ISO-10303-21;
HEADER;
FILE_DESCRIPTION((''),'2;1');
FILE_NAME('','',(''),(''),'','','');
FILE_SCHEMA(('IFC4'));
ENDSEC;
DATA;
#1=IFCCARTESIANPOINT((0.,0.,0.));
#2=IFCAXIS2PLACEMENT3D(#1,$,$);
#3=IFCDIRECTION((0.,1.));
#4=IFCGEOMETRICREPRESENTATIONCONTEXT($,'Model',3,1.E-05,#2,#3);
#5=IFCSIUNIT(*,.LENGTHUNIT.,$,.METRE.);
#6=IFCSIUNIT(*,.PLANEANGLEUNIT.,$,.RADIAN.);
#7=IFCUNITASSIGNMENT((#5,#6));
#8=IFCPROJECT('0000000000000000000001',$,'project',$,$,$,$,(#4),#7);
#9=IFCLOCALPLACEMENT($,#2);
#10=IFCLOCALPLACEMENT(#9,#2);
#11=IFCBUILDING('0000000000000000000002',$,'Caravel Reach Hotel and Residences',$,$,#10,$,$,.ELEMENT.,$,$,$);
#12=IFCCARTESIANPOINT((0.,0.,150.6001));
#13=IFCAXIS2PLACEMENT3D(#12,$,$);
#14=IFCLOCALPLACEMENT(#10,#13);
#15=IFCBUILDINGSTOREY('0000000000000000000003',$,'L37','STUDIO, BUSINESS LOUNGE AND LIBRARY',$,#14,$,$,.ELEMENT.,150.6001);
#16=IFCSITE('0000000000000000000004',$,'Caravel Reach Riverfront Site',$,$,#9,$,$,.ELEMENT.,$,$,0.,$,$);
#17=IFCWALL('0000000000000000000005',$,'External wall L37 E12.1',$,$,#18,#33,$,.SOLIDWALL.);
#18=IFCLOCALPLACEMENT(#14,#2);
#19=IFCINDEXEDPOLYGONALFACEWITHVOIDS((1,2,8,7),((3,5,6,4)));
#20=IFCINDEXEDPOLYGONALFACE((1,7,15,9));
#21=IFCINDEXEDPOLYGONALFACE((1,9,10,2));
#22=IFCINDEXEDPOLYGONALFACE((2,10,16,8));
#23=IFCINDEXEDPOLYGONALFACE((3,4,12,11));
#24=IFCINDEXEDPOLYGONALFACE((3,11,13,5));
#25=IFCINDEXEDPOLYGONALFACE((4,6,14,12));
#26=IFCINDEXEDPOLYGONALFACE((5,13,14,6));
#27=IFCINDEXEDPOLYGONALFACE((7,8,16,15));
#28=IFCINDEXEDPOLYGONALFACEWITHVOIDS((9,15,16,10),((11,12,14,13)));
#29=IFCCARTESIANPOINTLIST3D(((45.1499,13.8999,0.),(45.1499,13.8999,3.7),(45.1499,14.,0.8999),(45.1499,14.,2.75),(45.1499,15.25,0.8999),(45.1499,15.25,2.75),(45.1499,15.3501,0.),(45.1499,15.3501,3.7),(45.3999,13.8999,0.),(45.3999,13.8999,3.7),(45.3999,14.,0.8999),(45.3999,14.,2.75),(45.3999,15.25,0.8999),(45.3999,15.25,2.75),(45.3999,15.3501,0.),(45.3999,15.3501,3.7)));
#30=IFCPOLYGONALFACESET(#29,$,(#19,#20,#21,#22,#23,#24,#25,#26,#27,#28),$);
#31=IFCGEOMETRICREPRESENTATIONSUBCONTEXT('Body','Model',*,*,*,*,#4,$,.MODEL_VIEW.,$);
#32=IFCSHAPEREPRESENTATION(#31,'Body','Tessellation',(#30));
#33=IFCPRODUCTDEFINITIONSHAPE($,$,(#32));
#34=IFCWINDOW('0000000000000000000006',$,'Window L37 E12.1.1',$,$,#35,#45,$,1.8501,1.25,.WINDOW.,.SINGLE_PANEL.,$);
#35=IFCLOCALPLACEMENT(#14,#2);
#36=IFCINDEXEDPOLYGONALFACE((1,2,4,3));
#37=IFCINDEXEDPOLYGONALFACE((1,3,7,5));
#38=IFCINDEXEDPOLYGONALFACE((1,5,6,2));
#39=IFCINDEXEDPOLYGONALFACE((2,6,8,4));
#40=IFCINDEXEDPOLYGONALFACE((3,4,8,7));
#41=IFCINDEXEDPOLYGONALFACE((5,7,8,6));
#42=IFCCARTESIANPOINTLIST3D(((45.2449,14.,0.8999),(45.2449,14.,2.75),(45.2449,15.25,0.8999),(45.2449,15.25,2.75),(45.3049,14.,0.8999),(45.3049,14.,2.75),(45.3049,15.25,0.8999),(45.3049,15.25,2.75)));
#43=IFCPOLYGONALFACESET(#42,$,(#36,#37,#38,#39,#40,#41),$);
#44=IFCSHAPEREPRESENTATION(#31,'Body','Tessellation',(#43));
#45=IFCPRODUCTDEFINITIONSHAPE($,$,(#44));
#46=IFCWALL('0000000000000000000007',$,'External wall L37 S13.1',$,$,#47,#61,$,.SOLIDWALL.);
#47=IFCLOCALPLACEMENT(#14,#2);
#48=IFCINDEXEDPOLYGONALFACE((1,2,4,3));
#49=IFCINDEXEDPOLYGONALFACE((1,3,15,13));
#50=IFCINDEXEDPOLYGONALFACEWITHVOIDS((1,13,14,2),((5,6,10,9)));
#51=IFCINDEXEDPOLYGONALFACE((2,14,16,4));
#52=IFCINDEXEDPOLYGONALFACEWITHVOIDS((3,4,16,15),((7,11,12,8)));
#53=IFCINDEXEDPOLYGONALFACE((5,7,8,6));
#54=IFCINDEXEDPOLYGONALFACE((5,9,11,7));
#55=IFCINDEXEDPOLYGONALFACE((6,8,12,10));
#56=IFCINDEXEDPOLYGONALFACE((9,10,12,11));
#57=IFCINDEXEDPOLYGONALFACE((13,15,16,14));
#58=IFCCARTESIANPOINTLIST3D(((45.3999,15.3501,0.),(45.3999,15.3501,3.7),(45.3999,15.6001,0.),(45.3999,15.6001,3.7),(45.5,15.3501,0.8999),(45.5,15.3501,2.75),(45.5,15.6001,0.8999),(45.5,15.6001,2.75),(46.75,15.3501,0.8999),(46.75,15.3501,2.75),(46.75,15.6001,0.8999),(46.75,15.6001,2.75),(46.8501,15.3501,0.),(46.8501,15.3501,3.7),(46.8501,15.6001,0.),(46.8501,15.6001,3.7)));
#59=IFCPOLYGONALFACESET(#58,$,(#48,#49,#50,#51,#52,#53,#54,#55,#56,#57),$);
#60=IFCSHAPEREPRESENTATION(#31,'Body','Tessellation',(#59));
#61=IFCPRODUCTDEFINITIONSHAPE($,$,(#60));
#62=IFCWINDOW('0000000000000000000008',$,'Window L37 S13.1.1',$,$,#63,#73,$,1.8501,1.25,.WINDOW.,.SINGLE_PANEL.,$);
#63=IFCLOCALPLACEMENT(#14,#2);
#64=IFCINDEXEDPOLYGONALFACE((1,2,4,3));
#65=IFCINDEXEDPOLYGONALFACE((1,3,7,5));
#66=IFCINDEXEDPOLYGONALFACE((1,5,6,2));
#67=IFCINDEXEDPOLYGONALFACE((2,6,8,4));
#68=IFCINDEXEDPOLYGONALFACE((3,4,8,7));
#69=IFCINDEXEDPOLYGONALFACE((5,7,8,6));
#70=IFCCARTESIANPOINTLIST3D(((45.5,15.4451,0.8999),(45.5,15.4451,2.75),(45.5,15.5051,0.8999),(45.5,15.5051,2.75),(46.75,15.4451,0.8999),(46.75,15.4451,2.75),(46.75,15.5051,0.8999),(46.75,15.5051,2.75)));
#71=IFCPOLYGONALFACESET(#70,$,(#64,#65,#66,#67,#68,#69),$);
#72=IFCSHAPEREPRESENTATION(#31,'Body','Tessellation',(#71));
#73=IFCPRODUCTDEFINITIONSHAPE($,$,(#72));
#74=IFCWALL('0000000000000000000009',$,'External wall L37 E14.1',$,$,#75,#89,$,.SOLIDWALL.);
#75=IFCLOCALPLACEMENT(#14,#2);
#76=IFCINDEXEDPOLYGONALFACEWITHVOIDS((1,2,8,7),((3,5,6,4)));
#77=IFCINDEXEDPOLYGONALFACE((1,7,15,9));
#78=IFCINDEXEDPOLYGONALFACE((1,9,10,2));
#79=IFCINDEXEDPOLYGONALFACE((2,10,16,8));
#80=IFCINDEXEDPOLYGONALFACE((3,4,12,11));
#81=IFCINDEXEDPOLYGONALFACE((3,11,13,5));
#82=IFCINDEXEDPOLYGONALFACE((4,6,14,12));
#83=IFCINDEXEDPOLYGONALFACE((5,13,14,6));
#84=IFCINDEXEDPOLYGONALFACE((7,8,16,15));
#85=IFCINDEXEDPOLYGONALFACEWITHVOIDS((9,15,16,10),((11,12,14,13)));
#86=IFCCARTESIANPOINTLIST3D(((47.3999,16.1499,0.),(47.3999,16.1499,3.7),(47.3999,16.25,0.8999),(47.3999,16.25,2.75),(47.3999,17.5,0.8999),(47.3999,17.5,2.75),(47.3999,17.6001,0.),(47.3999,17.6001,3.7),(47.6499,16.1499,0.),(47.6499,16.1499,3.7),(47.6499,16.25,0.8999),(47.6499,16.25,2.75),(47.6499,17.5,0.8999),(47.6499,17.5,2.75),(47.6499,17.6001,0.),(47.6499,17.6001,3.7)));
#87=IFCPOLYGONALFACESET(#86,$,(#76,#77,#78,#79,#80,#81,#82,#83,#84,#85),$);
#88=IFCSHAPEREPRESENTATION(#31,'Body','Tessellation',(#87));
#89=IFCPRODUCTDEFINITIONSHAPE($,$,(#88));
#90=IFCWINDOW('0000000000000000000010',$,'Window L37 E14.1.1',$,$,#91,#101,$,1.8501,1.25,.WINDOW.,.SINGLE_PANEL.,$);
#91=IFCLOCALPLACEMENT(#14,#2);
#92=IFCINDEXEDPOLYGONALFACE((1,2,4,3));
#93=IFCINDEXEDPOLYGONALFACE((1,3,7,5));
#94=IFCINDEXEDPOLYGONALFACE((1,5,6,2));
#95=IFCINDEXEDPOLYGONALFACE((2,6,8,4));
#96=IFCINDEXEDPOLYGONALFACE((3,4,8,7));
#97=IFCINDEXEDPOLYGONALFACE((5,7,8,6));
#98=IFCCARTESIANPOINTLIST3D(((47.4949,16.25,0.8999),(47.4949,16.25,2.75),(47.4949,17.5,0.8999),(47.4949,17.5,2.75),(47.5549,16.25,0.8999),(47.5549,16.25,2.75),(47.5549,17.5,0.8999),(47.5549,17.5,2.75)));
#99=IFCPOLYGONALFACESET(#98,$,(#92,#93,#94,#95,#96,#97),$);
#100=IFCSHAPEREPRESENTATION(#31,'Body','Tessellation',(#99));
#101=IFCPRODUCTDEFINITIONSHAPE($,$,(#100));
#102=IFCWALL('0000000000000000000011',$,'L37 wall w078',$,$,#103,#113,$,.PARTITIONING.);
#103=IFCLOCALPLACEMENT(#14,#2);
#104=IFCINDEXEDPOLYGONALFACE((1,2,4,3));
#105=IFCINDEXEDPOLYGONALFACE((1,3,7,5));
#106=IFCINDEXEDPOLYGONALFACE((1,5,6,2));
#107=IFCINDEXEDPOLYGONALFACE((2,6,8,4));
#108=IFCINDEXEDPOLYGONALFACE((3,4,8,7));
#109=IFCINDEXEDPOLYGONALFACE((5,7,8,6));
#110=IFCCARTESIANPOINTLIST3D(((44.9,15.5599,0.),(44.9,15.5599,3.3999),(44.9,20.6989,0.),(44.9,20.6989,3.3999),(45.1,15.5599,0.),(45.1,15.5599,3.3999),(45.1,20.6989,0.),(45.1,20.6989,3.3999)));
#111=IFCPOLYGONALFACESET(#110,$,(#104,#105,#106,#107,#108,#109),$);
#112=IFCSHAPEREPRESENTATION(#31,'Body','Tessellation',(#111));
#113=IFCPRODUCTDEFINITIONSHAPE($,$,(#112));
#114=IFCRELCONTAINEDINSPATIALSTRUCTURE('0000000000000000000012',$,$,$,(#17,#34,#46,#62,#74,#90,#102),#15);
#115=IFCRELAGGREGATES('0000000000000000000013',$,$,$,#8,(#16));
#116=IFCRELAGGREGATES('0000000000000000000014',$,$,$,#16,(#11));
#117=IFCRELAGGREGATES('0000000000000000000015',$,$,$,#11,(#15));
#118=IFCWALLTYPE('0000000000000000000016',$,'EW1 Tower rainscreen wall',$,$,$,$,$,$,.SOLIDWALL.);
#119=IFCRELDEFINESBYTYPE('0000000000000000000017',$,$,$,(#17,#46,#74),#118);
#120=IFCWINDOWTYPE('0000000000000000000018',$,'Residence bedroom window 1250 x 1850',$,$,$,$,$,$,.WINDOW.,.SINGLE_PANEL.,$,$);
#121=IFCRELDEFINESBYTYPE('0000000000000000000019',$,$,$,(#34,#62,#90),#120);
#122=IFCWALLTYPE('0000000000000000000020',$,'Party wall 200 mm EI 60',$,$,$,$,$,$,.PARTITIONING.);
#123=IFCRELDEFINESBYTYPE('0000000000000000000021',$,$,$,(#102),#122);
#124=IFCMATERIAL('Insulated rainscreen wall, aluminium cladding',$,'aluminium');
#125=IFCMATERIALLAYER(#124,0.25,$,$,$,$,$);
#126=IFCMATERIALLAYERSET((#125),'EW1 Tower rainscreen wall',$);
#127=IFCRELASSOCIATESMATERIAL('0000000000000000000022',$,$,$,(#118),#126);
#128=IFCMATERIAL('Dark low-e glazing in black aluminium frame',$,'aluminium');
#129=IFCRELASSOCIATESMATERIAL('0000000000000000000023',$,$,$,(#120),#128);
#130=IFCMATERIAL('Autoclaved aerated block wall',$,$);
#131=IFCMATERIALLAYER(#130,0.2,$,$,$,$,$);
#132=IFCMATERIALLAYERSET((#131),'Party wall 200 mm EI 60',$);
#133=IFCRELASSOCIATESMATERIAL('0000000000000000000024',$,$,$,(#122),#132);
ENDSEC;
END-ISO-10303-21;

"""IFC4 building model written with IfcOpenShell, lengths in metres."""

from ifc_helpers import new_model, si_unit, direction, frame, frame_2d, origin, place, context, subcontext, project, spatial, rectangle, extrude, material, layer, layer_set, type_object, element, fill, save


model = new_model("IFC4")

# Units and contexts
model_context = context("Model", 3, precision=1e-05, world=origin(), true_north=direction((0.0, 1.0)))
body_context = subcontext(model_context, "Body", "Model", "MODEL_VIEW")
ifc_project = project(units=[si_unit("LENGTHUNIT", "METRE"), si_unit("PLANEANGLEUNIT", "RADIAN")], contexts=[model_context])

# Site, building, storey
site_placement = place(None, origin())
site = spatial("IfcSite", under=ifc_project, at=site_placement, Name="Caravel Reach Riverfront Site", CompositionType="ELEMENT", RefElevation=0.0)
building_placement = place(site_placement, origin())
building = spatial("IfcBuilding", under=site, at=building_placement, Name="Caravel Reach Hotel and Residences", CompositionType="ELEMENT")
storey_placement = place(building_placement, frame((0.0, 0.0, 150.6001)))
storey = spatial("IfcBuildingStorey", under=building, at=storey_placement, Name="L37", Description="STUDIO, BUSINESS LOUNGE AND LIBRARY", CompositionType="ELEMENT", Elevation=150.6001)

# Walls, openings, windows
ifc_material_1 = material(Name="Insulated rainscreen wall, aluminium cladding", Category="aluminium")
ifc_layer_1 = layer(ifc_material_1, 0.25)
ifc_layer_set_1 = layer_set([ifc_layer_1], Name="EW1 Tower rainscreen wall")
wall_type_1 = type_object("IfcWallType", Name="EW1 Tower rainscreen wall", PredefinedType="SOLIDWALL", material=ifc_layer_set_1)
wall_1_placement = place(storey_placement, frame((45.2749, 13.8999, 0.0), z_axis=(0.0, 0.0, 1.0), x_axis=(0.0, 1.0, 0.0)))
wall_1 = element("IfcWall", 1, at=wall_1_placement, inside=storey, type_object=wall_type_1, Name="External wall L37 E12.1", PredefinedType="SOLIDWALL", context=body_context, shape_type="SweptSolid", body=[
    extrude(rectangle(XDim=1.4502, YDim=0.25, at=frame_2d((0.7251, 0.0))), origin(), (0.0, 0.0, 1.0), 3.7),
])
opening_1_placement = place(wall_1_placement, frame((0.1001, 0.0, 0.8999)))
opening_1 = element("IfcOpeningElement", 2, at=opening_1_placement, cuts=wall_1, PredefinedType="OPENING", context=body_context, shape_type="SweptSolid", body=[
    extrude(rectangle(XDim=1.25, YDim=1.8501, at=frame_2d((0.625, 0.925))), frame((0.0, 0.135, 0.0), z_axis=(0.0, -1.0, 0.0), x_axis=(1.0, 0.0, 0.0)), (0.0, 0.0, 1.0), 0.27),
])
ifc_material_2 = material(Name="Dark low-e glazing in black aluminium frame", Category="aluminium")
window_type = type_object("IfcWindowType", Name="Residence bedroom window 1250 x 1850", PartitioningType="SINGLE_PANEL", PredefinedType="WINDOW", material=ifc_material_2)
window_1_placement = place(opening_1_placement, origin())
window_1 = element("IfcWindow", 3, at=window_1_placement, inside=storey, type_object=window_type, Name="Window L37 E12.1.1", OverallHeight=1.8501, OverallWidth=1.25, PartitioningType="SINGLE_PANEL", PredefinedType="WINDOW", context=body_context, shape_type="SweptSolid", body=[
    extrude(rectangle(XDim=1.25, YDim=1.8501, at=frame_2d((0.625, 0.925))), frame((0.0, 0.03, 0.0), z_axis=(0.0, -1.0, 0.0), x_axis=(1.0, 0.0, 0.0)), (0.0, 0.0, 1.0), 0.0601),
])
fill(opening_1, window_1)
wall_2_placement = place(storey_placement, frame((45.3999, 15.4751, 0.0), z_axis=(0.0, 0.0, 1.0), x_axis=(1.0, 0.0, 0.0)))
wall_2 = element("IfcWall", 4, at=wall_2_placement, inside=storey, type_object=wall_type_1, Name="External wall L37 S13.1", PredefinedType="SOLIDWALL", context=body_context, shape_type="SweptSolid", body=[
    extrude(rectangle(XDim=1.4502, YDim=0.25, at=frame_2d((0.7251, 0.0))), origin(), (0.0, 0.0, 1.0), 3.7),
])
opening_2_placement = place(wall_2_placement, frame((0.1001, 0.0, 0.8999)))
opening_2 = element("IfcOpeningElement", 5, at=opening_2_placement, cuts=wall_2, PredefinedType="OPENING", context=body_context, shape_type="SweptSolid", body=[
    extrude(rectangle(XDim=1.25, YDim=1.8501, at=frame_2d((0.625, 0.925))), frame((0.0, 0.135, 0.0), z_axis=(0.0, -1.0, 0.0), x_axis=(1.0, 0.0, 0.0)), (0.0, 0.0, 1.0), 0.27),
])
window_2_placement = place(opening_2_placement, origin())
window_2 = element("IfcWindow", 6, at=window_2_placement, inside=storey, type_object=window_type, Name="Window L37 S13.1.1", OverallHeight=1.8501, OverallWidth=1.25, PartitioningType="SINGLE_PANEL", PredefinedType="WINDOW", context=body_context, shape_type="SweptSolid", body=[
    extrude(rectangle(XDim=1.25, YDim=1.8501, at=frame_2d((0.625, 0.925))), frame((0.0, 0.03, 0.0), z_axis=(0.0, -1.0, 0.0), x_axis=(1.0, 0.0, 0.0)), (0.0, 0.0, 1.0), 0.0601),
])
fill(opening_2, window_2)
wall_3_placement = place(storey_placement, frame((47.5249, 16.1499, 0.0), z_axis=(0.0, 0.0, 1.0), x_axis=(0.0, 1.0, 0.0)))
wall_3 = element("IfcWall", 7, at=wall_3_placement, inside=storey, type_object=wall_type_1, Name="External wall L37 E14.1", PredefinedType="SOLIDWALL", context=body_context, shape_type="SweptSolid", body=[
    extrude(rectangle(XDim=1.4502, YDim=0.25, at=frame_2d((0.7251, 0.0))), origin(), (0.0, 0.0, 1.0), 3.7),
])
opening_3_placement = place(wall_3_placement, frame((0.1001, 0.0, 0.8999)))
opening_3 = element("IfcOpeningElement", 8, at=opening_3_placement, cuts=wall_3, PredefinedType="OPENING", context=body_context, shape_type="SweptSolid", body=[
    extrude(rectangle(XDim=1.25, YDim=1.8501, at=frame_2d((0.625, 0.925))), frame((0.0, 0.135, 0.0), z_axis=(0.0, -1.0, 0.0), x_axis=(1.0, 0.0, 0.0)), (0.0, 0.0, 1.0), 0.27),
])
window_3_placement = place(opening_3_placement, origin())
window_3 = element("IfcWindow", 9, at=window_3_placement, inside=storey, type_object=window_type, Name="Window L37 E14.1.1", OverallHeight=1.8501, OverallWidth=1.25, PartitioningType="SINGLE_PANEL", PredefinedType="WINDOW", context=body_context, shape_type="SweptSolid", body=[
    extrude(rectangle(XDim=1.25, YDim=1.8501, at=frame_2d((0.625, 0.925))), frame((0.0, 0.03, 0.0), z_axis=(0.0, -1.0, 0.0), x_axis=(1.0, 0.0, 0.0)), (0.0, 0.0, 1.0), 0.0601),
])
fill(opening_3, window_3)

# Wall
ifc_material_3 = material(Name="Autoclaved aerated block wall")
ifc_layer_2 = layer(ifc_material_3, 0.2)
ifc_layer_set_2 = layer_set([ifc_layer_2], Name="Party wall 200 mm EI 60")
wall_type_2 = type_object("IfcWallType", Name="Party wall 200 mm EI 60", PredefinedType="PARTITIONING", material=ifc_layer_set_2)
wall_4_placement = place(storey_placement, frame((45.0, 15.5601, 0.0), z_axis=(0.0, 0.0, 1.0), x_axis=(0.0, 1.0, 0.0)))
element("IfcWall", 10, at=wall_4_placement, inside=storey, type_object=wall_type_2, Name="L37 wall w078", PredefinedType="PARTITIONING", context=body_context, shape_type="SweptSolid", body=[
    extrude(rectangle(XDim=5.1389, YDim=0.2, at=frame_2d((2.5693, 0.0))), origin(), (0.0, 0.0, 1.0), 3.3999),
])

save(model, "model.ifc")
